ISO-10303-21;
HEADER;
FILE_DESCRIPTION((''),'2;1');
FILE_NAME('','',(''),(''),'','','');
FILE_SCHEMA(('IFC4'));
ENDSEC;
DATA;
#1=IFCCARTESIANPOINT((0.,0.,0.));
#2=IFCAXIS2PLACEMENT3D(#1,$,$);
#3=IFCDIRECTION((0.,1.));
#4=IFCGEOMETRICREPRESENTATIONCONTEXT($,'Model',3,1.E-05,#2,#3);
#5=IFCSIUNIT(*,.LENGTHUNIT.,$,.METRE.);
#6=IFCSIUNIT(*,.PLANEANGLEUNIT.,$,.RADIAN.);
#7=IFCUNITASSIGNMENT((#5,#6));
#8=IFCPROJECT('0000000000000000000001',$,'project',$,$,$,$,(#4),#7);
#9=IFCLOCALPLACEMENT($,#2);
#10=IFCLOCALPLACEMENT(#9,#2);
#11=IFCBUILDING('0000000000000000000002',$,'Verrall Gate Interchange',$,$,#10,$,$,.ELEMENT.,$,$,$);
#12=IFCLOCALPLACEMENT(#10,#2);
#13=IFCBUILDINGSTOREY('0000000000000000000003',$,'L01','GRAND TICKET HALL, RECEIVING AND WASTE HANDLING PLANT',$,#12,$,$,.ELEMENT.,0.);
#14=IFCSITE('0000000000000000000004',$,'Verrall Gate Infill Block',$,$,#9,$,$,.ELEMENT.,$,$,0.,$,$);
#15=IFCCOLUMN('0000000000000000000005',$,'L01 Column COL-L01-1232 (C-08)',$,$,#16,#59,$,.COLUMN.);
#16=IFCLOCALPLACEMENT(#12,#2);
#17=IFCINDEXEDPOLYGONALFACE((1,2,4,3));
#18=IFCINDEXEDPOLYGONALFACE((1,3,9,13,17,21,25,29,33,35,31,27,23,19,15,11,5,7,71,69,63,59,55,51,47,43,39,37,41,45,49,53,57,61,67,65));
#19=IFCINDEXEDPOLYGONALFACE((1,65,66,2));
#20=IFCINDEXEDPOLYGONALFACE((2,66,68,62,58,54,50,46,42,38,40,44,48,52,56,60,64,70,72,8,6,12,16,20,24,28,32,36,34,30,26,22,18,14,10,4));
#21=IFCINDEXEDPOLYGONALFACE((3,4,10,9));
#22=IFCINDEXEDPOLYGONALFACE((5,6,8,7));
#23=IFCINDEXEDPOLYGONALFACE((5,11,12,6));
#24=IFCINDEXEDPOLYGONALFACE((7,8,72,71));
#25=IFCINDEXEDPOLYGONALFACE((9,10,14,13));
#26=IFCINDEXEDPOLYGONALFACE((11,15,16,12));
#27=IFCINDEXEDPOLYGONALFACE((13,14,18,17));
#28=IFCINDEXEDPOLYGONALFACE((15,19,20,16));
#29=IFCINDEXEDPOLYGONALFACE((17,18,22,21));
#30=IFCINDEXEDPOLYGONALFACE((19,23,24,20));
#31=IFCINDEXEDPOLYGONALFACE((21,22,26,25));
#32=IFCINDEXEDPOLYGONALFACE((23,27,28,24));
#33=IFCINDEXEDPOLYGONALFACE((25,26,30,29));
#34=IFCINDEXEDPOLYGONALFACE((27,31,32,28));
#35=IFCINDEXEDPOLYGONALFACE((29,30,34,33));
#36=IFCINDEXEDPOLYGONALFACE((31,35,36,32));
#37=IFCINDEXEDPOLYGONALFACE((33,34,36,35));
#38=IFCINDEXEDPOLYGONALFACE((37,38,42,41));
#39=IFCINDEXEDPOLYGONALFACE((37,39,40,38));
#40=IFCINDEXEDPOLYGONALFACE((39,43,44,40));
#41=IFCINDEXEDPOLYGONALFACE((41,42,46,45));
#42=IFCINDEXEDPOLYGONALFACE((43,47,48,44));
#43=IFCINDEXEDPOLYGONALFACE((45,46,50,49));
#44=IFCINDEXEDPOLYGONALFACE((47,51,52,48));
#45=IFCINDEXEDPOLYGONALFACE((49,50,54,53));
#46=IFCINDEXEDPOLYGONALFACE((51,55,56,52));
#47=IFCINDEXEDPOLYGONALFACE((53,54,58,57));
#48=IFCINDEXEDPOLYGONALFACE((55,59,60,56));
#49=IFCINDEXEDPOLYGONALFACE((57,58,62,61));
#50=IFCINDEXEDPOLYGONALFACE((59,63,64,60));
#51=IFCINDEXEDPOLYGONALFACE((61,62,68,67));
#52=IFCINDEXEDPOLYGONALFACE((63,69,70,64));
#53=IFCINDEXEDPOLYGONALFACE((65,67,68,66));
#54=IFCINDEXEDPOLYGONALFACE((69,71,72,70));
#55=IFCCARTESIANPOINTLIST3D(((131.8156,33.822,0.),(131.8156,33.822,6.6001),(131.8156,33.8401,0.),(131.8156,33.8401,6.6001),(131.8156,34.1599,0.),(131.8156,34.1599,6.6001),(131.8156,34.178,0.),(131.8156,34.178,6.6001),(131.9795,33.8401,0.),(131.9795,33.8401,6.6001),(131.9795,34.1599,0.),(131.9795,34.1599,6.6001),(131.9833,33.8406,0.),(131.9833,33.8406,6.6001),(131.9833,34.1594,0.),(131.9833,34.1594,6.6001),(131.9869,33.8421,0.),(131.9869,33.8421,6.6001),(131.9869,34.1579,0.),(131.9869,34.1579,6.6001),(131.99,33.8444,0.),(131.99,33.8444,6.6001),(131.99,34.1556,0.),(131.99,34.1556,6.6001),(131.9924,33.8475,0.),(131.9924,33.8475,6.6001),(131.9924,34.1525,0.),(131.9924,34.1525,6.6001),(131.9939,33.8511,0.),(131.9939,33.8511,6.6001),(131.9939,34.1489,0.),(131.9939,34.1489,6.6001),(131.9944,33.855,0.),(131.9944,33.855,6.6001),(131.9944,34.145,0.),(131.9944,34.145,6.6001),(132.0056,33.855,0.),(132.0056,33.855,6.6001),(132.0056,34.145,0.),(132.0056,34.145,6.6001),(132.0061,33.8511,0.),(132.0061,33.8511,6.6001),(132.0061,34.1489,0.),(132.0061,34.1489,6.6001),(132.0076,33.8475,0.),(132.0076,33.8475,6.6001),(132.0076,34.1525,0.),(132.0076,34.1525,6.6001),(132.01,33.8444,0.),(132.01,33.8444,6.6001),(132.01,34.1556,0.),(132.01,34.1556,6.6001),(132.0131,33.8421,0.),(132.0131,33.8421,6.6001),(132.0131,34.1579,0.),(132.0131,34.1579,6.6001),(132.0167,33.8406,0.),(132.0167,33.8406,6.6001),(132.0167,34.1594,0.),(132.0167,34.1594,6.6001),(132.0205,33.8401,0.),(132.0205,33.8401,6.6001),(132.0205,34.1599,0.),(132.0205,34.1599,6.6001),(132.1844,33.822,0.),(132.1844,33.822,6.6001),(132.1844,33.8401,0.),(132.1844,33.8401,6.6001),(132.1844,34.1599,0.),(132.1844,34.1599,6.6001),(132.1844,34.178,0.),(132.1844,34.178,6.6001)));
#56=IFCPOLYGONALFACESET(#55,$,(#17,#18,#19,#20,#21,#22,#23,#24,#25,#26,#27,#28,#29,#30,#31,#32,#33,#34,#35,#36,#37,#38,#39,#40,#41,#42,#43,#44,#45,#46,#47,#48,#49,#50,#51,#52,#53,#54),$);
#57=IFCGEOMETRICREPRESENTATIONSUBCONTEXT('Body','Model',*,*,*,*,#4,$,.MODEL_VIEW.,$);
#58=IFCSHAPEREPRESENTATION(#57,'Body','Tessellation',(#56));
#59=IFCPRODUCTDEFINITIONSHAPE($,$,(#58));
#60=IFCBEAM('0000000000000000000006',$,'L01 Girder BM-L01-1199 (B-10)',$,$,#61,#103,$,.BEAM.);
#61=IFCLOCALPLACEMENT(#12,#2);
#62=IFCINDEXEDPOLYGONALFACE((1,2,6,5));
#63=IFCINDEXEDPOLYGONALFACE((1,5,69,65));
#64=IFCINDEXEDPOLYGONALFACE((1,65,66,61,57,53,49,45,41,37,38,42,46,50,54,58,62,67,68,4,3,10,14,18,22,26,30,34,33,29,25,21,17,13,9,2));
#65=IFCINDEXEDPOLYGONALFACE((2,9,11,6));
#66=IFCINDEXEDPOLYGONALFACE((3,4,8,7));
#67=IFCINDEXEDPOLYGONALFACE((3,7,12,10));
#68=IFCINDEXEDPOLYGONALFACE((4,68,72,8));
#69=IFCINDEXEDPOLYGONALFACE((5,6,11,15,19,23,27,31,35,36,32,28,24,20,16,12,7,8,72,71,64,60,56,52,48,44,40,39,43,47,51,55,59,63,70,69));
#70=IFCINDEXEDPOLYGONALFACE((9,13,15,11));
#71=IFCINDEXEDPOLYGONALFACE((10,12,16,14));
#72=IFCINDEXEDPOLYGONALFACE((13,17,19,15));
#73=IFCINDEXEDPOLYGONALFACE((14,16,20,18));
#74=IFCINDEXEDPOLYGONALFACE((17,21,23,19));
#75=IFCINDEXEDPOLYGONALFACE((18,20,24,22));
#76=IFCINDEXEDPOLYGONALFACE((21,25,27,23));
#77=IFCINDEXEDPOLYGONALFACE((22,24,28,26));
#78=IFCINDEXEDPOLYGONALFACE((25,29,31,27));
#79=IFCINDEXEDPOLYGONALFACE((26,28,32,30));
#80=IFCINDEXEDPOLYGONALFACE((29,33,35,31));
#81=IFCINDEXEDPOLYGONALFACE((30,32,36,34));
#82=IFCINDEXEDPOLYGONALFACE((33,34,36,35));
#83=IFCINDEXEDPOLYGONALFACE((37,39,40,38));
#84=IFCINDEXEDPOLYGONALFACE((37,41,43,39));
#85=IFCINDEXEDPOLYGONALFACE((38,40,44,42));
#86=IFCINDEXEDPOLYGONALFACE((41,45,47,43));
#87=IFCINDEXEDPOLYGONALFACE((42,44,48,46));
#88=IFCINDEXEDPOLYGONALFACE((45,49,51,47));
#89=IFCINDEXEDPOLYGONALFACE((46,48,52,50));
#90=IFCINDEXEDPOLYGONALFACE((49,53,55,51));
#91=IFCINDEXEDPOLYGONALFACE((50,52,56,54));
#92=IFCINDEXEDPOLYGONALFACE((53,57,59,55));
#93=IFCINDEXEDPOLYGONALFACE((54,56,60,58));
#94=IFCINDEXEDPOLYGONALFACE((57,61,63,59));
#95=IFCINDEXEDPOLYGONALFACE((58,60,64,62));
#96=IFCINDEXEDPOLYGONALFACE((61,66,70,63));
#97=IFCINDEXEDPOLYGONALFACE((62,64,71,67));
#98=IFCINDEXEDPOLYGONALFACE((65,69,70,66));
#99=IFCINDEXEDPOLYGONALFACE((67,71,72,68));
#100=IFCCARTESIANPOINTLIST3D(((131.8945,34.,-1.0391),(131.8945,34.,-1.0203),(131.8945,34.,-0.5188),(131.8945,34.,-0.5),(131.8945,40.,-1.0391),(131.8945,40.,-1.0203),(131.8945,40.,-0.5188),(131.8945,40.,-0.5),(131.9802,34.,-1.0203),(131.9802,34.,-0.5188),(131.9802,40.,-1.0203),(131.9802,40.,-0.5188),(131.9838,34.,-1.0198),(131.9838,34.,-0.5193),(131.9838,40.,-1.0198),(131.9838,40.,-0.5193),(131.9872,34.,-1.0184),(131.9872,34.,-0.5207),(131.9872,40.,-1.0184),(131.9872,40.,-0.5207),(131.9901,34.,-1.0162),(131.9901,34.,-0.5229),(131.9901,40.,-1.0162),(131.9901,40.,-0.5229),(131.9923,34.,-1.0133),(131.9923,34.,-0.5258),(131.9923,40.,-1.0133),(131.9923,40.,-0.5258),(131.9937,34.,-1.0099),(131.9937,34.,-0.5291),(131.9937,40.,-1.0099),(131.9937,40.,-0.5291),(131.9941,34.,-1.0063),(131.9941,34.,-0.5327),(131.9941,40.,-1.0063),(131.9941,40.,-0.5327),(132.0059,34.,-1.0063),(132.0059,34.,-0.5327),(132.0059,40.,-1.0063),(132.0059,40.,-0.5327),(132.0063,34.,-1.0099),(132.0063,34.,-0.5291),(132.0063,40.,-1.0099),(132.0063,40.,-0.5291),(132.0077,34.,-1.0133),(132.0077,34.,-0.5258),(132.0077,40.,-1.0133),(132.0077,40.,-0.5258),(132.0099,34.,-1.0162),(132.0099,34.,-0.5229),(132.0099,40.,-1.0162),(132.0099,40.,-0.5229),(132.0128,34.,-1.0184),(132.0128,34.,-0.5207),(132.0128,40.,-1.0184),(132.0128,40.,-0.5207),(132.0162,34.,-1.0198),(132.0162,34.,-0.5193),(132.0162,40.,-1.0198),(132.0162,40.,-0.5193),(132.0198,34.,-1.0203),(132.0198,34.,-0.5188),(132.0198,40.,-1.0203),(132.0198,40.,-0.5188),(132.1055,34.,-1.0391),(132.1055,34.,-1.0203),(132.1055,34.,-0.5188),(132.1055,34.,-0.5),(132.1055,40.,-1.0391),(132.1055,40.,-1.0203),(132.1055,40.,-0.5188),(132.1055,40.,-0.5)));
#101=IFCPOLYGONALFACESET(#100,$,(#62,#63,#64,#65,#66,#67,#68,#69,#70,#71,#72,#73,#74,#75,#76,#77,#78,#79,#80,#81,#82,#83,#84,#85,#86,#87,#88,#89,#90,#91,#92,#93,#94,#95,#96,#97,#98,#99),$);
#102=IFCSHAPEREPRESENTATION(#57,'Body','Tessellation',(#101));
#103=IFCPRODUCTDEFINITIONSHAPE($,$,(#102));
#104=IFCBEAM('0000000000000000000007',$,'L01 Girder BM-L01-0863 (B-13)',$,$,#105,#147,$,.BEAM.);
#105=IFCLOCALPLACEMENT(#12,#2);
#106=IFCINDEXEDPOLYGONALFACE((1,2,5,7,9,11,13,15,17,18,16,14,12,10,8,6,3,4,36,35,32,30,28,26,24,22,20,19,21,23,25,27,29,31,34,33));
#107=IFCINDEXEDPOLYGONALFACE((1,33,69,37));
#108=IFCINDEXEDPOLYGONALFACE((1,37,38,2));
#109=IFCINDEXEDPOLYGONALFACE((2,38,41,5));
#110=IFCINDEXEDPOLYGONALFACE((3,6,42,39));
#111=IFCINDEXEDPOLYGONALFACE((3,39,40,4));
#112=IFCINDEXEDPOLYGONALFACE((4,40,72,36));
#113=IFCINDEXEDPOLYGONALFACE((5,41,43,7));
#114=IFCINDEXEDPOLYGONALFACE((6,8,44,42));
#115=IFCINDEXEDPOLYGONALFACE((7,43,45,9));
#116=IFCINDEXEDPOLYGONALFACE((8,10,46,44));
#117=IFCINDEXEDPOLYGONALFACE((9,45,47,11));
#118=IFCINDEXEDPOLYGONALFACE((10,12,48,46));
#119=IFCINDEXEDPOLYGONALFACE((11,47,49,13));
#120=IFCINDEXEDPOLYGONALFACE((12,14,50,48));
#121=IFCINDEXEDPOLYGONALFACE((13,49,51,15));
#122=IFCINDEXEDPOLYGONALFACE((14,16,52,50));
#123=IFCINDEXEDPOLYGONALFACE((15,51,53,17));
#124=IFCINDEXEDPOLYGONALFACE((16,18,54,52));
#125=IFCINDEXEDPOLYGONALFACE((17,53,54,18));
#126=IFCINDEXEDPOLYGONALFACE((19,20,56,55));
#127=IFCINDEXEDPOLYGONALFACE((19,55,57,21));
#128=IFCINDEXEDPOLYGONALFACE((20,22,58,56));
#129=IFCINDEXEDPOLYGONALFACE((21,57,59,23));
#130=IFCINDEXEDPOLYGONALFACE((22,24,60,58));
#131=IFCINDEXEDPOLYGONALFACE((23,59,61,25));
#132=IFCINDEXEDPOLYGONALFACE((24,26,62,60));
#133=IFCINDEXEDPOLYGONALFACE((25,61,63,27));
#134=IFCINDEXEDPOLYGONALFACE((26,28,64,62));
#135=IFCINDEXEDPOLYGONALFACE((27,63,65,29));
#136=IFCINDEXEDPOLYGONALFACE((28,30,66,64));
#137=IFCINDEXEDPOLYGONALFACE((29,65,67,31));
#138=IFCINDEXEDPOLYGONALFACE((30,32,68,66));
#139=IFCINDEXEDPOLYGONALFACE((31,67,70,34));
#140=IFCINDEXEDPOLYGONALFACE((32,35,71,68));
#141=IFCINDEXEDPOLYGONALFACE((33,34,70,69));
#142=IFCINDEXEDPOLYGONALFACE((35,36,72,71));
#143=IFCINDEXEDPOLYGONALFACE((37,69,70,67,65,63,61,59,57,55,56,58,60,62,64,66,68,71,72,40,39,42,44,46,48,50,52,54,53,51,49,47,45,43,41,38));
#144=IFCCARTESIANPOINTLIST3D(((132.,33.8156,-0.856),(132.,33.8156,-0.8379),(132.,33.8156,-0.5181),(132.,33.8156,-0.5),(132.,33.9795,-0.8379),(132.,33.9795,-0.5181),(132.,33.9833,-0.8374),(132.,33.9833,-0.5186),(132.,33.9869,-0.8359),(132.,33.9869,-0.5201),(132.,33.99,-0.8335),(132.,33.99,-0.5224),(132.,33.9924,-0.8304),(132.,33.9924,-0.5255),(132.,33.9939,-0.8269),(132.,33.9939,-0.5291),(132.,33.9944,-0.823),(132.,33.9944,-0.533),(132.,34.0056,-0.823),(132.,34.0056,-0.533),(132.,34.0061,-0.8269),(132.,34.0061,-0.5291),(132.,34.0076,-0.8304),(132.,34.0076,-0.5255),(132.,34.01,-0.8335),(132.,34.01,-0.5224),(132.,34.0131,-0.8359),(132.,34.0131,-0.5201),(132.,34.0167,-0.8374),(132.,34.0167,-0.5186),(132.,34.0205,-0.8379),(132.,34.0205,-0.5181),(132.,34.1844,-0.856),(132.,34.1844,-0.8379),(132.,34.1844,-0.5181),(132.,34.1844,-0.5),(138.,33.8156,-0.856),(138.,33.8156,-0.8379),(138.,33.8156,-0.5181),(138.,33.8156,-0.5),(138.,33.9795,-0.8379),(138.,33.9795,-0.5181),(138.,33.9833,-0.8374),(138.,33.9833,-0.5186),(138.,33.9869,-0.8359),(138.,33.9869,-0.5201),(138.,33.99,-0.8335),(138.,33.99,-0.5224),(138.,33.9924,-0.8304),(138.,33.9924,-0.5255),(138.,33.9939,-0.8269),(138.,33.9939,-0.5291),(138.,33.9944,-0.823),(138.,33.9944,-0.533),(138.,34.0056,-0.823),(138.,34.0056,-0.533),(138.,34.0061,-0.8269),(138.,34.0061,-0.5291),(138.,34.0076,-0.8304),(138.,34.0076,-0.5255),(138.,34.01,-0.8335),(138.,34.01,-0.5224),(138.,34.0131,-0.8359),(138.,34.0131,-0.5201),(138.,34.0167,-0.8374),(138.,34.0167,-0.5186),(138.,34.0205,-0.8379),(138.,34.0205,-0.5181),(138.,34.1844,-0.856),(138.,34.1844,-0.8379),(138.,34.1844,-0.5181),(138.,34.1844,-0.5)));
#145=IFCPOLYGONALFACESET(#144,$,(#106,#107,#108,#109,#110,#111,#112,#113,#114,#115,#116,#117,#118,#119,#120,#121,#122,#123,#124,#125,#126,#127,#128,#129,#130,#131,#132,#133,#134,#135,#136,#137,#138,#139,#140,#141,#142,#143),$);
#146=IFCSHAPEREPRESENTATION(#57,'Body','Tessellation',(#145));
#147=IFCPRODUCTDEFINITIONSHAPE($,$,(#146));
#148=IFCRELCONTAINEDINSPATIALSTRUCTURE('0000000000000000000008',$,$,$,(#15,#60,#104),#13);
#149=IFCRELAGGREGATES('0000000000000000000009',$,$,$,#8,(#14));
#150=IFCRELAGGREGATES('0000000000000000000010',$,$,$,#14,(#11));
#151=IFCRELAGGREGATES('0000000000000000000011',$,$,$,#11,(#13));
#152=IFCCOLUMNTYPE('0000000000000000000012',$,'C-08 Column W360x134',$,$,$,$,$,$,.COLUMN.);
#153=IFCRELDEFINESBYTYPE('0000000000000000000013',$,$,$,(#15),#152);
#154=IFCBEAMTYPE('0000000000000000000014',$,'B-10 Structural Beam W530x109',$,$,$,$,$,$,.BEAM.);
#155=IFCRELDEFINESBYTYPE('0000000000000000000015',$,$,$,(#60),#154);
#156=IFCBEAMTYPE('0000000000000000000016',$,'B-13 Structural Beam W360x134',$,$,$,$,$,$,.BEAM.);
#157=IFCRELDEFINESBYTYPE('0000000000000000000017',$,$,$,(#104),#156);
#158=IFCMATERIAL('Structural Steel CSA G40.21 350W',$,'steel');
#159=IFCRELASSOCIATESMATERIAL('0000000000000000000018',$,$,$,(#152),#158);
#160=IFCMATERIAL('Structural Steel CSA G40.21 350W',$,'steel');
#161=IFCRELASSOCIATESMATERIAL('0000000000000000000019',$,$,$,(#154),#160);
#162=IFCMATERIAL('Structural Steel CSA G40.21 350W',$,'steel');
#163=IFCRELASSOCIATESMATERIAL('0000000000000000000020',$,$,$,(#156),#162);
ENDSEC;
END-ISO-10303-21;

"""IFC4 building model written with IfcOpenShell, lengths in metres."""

from ifc_helpers import new_model, si_unit, direction, frame, origin, origin_2d, place, context, subcontext, project, spatial, i_section, extrude, material, material_profile, profile_set, type_object, element, save


model = new_model("IFC4")

# Units and contexts
model_context = context("Model", 3, precision=1e-05, world=origin(), true_north=direction((0.0, 1.0)))
body_context = subcontext(model_context, "Body", "Model", "MODEL_VIEW")
ifc_project = project(units=[si_unit("LENGTHUNIT", "METRE"), si_unit("PLANEANGLEUNIT", "RADIAN")], contexts=[model_context])

# Site, building, storey
site_placement = place(None, origin())
site = spatial("IfcSite", under=ifc_project, at=site_placement, Name="Verrall Gate Infill Block", CompositionType="ELEMENT", RefElevation=0.0)
building_placement = place(site_placement, origin())
building = spatial("IfcBuilding", under=site, at=building_placement, Name="Verrall Gate Interchange", CompositionType="ELEMENT")
storey_placement = place(building_placement, origin())
storey = spatial("IfcBuildingStorey", under=building, at=storey_placement, Name="L01", Description="GRAND TICKET HALL, RECEIVING AND WASTE HANDLING PLANT", CompositionType="ELEMENT", Elevation=0.0)

# Column
ifc_material_1 = material(Name="Structural Steel CSA G40.21 350W", Category="steel")
ifc_material_profile_1 = material_profile(ifc_material_1, i_section(OverallWidth=0.3689, OverallDepth=0.356, WebThickness=0.0112, FlangeThickness=0.0181, FilletRadius=0.0149, at=origin_2d()), Name="W360x134")
ifc_profile_set_1 = profile_set([ifc_material_profile_1], Name="Structural Steel CSA G40.21 350W")
column_type = type_object("IfcColumnType", Name="C-08 Column W360x134", PredefinedType="COLUMN", material=ifc_profile_set_1)
column_placement = place(storey_placement, frame((132.0, 34.0, 0.0), z_axis=(0.0, 0.0, 1.0), x_axis=(1.0, 0.0, 0.0)))
element("IfcColumn", 1, at=column_placement, inside=storey, type_object=column_type, Name="L01 Column COL-L01-1232 (C-08)", PredefinedType="COLUMN", context=body_context, shape_type="SweptSolid", body=[
    extrude(i_section(OverallWidth=0.3689, OverallDepth=0.356, WebThickness=0.0112, FlangeThickness=0.0181, FilletRadius=0.0149, at=origin_2d()), origin(), (0.0, 0.0, 1.0), 6.6001),
])

# Beams
ifc_material_2 = material(Name="Structural Steel CSA G40.21 350W", Category="steel")
ifc_material_profile_2 = material_profile(ifc_material_2, i_section(OverallWidth=0.2109, OverallDepth=0.5391, WebThickness=0.0117, FlangeThickness=0.0188, FilletRadius=0.0139, at=origin_2d()), Name="W530x109")
ifc_profile_set_2 = profile_set([ifc_material_profile_2], Name="Structural Steel CSA G40.21 350W")
beam_type_1 = type_object("IfcBeamType", Name="B-10 Structural Beam W530x109", PredefinedType="BEAM", material=ifc_profile_set_2)
beam_1_placement = place(storey_placement, frame((132.0, 34.0, -0.7695), z_axis=(0.0, 1.0, 0.0), x_axis=(-1.0, 0.0, 0.0)))
element("IfcBeam", 2, at=beam_1_placement, inside=storey, type_object=beam_type_1, Name="L01 Girder BM-L01-1199 (B-10)", PredefinedType="BEAM", context=body_context, shape_type="SweptSolid", body=[
    extrude(i_section(OverallWidth=0.2109, OverallDepth=0.5391, WebThickness=0.0117, FlangeThickness=0.0188, FilletRadius=0.0139, at=origin_2d()), origin(), (0.0, 0.0, 1.0), 6.0),
])
ifc_material_3 = material(Name="Structural Steel CSA G40.21 350W", Category="steel")
ifc_material_profile_3 = material_profile(ifc_material_3, i_section(OverallWidth=0.3689, OverallDepth=0.356, WebThickness=0.0112, FlangeThickness=0.0181, FilletRadius=0.0149, at=origin_2d()), Name="W360x134")
ifc_profile_set_3 = profile_set([ifc_material_profile_3], Name="Structural Steel CSA G40.21 350W")
beam_type_2 = type_object("IfcBeamType", Name="B-13 Structural Beam W360x134", PredefinedType="BEAM", material=ifc_profile_set_3)
beam_2_placement = place(storey_placement, frame((132.0, 34.0, -0.678), z_axis=(1.0, 0.0, 0.0), x_axis=(0.0, 1.0, 0.0)))
element("IfcBeam", 3, at=beam_2_placement, inside=storey, type_object=beam_type_2, Name="L01 Girder BM-L01-0863 (B-13)", PredefinedType="BEAM", context=body_context, shape_type="SweptSolid", body=[
    extrude(i_section(OverallWidth=0.3689, OverallDepth=0.356, WebThickness=0.0112, FlangeThickness=0.0181, FilletRadius=0.0149, at=origin_2d()), origin(), (0.0, 0.0, 1.0), 6.0),
])

save(model, "model.ifc")
